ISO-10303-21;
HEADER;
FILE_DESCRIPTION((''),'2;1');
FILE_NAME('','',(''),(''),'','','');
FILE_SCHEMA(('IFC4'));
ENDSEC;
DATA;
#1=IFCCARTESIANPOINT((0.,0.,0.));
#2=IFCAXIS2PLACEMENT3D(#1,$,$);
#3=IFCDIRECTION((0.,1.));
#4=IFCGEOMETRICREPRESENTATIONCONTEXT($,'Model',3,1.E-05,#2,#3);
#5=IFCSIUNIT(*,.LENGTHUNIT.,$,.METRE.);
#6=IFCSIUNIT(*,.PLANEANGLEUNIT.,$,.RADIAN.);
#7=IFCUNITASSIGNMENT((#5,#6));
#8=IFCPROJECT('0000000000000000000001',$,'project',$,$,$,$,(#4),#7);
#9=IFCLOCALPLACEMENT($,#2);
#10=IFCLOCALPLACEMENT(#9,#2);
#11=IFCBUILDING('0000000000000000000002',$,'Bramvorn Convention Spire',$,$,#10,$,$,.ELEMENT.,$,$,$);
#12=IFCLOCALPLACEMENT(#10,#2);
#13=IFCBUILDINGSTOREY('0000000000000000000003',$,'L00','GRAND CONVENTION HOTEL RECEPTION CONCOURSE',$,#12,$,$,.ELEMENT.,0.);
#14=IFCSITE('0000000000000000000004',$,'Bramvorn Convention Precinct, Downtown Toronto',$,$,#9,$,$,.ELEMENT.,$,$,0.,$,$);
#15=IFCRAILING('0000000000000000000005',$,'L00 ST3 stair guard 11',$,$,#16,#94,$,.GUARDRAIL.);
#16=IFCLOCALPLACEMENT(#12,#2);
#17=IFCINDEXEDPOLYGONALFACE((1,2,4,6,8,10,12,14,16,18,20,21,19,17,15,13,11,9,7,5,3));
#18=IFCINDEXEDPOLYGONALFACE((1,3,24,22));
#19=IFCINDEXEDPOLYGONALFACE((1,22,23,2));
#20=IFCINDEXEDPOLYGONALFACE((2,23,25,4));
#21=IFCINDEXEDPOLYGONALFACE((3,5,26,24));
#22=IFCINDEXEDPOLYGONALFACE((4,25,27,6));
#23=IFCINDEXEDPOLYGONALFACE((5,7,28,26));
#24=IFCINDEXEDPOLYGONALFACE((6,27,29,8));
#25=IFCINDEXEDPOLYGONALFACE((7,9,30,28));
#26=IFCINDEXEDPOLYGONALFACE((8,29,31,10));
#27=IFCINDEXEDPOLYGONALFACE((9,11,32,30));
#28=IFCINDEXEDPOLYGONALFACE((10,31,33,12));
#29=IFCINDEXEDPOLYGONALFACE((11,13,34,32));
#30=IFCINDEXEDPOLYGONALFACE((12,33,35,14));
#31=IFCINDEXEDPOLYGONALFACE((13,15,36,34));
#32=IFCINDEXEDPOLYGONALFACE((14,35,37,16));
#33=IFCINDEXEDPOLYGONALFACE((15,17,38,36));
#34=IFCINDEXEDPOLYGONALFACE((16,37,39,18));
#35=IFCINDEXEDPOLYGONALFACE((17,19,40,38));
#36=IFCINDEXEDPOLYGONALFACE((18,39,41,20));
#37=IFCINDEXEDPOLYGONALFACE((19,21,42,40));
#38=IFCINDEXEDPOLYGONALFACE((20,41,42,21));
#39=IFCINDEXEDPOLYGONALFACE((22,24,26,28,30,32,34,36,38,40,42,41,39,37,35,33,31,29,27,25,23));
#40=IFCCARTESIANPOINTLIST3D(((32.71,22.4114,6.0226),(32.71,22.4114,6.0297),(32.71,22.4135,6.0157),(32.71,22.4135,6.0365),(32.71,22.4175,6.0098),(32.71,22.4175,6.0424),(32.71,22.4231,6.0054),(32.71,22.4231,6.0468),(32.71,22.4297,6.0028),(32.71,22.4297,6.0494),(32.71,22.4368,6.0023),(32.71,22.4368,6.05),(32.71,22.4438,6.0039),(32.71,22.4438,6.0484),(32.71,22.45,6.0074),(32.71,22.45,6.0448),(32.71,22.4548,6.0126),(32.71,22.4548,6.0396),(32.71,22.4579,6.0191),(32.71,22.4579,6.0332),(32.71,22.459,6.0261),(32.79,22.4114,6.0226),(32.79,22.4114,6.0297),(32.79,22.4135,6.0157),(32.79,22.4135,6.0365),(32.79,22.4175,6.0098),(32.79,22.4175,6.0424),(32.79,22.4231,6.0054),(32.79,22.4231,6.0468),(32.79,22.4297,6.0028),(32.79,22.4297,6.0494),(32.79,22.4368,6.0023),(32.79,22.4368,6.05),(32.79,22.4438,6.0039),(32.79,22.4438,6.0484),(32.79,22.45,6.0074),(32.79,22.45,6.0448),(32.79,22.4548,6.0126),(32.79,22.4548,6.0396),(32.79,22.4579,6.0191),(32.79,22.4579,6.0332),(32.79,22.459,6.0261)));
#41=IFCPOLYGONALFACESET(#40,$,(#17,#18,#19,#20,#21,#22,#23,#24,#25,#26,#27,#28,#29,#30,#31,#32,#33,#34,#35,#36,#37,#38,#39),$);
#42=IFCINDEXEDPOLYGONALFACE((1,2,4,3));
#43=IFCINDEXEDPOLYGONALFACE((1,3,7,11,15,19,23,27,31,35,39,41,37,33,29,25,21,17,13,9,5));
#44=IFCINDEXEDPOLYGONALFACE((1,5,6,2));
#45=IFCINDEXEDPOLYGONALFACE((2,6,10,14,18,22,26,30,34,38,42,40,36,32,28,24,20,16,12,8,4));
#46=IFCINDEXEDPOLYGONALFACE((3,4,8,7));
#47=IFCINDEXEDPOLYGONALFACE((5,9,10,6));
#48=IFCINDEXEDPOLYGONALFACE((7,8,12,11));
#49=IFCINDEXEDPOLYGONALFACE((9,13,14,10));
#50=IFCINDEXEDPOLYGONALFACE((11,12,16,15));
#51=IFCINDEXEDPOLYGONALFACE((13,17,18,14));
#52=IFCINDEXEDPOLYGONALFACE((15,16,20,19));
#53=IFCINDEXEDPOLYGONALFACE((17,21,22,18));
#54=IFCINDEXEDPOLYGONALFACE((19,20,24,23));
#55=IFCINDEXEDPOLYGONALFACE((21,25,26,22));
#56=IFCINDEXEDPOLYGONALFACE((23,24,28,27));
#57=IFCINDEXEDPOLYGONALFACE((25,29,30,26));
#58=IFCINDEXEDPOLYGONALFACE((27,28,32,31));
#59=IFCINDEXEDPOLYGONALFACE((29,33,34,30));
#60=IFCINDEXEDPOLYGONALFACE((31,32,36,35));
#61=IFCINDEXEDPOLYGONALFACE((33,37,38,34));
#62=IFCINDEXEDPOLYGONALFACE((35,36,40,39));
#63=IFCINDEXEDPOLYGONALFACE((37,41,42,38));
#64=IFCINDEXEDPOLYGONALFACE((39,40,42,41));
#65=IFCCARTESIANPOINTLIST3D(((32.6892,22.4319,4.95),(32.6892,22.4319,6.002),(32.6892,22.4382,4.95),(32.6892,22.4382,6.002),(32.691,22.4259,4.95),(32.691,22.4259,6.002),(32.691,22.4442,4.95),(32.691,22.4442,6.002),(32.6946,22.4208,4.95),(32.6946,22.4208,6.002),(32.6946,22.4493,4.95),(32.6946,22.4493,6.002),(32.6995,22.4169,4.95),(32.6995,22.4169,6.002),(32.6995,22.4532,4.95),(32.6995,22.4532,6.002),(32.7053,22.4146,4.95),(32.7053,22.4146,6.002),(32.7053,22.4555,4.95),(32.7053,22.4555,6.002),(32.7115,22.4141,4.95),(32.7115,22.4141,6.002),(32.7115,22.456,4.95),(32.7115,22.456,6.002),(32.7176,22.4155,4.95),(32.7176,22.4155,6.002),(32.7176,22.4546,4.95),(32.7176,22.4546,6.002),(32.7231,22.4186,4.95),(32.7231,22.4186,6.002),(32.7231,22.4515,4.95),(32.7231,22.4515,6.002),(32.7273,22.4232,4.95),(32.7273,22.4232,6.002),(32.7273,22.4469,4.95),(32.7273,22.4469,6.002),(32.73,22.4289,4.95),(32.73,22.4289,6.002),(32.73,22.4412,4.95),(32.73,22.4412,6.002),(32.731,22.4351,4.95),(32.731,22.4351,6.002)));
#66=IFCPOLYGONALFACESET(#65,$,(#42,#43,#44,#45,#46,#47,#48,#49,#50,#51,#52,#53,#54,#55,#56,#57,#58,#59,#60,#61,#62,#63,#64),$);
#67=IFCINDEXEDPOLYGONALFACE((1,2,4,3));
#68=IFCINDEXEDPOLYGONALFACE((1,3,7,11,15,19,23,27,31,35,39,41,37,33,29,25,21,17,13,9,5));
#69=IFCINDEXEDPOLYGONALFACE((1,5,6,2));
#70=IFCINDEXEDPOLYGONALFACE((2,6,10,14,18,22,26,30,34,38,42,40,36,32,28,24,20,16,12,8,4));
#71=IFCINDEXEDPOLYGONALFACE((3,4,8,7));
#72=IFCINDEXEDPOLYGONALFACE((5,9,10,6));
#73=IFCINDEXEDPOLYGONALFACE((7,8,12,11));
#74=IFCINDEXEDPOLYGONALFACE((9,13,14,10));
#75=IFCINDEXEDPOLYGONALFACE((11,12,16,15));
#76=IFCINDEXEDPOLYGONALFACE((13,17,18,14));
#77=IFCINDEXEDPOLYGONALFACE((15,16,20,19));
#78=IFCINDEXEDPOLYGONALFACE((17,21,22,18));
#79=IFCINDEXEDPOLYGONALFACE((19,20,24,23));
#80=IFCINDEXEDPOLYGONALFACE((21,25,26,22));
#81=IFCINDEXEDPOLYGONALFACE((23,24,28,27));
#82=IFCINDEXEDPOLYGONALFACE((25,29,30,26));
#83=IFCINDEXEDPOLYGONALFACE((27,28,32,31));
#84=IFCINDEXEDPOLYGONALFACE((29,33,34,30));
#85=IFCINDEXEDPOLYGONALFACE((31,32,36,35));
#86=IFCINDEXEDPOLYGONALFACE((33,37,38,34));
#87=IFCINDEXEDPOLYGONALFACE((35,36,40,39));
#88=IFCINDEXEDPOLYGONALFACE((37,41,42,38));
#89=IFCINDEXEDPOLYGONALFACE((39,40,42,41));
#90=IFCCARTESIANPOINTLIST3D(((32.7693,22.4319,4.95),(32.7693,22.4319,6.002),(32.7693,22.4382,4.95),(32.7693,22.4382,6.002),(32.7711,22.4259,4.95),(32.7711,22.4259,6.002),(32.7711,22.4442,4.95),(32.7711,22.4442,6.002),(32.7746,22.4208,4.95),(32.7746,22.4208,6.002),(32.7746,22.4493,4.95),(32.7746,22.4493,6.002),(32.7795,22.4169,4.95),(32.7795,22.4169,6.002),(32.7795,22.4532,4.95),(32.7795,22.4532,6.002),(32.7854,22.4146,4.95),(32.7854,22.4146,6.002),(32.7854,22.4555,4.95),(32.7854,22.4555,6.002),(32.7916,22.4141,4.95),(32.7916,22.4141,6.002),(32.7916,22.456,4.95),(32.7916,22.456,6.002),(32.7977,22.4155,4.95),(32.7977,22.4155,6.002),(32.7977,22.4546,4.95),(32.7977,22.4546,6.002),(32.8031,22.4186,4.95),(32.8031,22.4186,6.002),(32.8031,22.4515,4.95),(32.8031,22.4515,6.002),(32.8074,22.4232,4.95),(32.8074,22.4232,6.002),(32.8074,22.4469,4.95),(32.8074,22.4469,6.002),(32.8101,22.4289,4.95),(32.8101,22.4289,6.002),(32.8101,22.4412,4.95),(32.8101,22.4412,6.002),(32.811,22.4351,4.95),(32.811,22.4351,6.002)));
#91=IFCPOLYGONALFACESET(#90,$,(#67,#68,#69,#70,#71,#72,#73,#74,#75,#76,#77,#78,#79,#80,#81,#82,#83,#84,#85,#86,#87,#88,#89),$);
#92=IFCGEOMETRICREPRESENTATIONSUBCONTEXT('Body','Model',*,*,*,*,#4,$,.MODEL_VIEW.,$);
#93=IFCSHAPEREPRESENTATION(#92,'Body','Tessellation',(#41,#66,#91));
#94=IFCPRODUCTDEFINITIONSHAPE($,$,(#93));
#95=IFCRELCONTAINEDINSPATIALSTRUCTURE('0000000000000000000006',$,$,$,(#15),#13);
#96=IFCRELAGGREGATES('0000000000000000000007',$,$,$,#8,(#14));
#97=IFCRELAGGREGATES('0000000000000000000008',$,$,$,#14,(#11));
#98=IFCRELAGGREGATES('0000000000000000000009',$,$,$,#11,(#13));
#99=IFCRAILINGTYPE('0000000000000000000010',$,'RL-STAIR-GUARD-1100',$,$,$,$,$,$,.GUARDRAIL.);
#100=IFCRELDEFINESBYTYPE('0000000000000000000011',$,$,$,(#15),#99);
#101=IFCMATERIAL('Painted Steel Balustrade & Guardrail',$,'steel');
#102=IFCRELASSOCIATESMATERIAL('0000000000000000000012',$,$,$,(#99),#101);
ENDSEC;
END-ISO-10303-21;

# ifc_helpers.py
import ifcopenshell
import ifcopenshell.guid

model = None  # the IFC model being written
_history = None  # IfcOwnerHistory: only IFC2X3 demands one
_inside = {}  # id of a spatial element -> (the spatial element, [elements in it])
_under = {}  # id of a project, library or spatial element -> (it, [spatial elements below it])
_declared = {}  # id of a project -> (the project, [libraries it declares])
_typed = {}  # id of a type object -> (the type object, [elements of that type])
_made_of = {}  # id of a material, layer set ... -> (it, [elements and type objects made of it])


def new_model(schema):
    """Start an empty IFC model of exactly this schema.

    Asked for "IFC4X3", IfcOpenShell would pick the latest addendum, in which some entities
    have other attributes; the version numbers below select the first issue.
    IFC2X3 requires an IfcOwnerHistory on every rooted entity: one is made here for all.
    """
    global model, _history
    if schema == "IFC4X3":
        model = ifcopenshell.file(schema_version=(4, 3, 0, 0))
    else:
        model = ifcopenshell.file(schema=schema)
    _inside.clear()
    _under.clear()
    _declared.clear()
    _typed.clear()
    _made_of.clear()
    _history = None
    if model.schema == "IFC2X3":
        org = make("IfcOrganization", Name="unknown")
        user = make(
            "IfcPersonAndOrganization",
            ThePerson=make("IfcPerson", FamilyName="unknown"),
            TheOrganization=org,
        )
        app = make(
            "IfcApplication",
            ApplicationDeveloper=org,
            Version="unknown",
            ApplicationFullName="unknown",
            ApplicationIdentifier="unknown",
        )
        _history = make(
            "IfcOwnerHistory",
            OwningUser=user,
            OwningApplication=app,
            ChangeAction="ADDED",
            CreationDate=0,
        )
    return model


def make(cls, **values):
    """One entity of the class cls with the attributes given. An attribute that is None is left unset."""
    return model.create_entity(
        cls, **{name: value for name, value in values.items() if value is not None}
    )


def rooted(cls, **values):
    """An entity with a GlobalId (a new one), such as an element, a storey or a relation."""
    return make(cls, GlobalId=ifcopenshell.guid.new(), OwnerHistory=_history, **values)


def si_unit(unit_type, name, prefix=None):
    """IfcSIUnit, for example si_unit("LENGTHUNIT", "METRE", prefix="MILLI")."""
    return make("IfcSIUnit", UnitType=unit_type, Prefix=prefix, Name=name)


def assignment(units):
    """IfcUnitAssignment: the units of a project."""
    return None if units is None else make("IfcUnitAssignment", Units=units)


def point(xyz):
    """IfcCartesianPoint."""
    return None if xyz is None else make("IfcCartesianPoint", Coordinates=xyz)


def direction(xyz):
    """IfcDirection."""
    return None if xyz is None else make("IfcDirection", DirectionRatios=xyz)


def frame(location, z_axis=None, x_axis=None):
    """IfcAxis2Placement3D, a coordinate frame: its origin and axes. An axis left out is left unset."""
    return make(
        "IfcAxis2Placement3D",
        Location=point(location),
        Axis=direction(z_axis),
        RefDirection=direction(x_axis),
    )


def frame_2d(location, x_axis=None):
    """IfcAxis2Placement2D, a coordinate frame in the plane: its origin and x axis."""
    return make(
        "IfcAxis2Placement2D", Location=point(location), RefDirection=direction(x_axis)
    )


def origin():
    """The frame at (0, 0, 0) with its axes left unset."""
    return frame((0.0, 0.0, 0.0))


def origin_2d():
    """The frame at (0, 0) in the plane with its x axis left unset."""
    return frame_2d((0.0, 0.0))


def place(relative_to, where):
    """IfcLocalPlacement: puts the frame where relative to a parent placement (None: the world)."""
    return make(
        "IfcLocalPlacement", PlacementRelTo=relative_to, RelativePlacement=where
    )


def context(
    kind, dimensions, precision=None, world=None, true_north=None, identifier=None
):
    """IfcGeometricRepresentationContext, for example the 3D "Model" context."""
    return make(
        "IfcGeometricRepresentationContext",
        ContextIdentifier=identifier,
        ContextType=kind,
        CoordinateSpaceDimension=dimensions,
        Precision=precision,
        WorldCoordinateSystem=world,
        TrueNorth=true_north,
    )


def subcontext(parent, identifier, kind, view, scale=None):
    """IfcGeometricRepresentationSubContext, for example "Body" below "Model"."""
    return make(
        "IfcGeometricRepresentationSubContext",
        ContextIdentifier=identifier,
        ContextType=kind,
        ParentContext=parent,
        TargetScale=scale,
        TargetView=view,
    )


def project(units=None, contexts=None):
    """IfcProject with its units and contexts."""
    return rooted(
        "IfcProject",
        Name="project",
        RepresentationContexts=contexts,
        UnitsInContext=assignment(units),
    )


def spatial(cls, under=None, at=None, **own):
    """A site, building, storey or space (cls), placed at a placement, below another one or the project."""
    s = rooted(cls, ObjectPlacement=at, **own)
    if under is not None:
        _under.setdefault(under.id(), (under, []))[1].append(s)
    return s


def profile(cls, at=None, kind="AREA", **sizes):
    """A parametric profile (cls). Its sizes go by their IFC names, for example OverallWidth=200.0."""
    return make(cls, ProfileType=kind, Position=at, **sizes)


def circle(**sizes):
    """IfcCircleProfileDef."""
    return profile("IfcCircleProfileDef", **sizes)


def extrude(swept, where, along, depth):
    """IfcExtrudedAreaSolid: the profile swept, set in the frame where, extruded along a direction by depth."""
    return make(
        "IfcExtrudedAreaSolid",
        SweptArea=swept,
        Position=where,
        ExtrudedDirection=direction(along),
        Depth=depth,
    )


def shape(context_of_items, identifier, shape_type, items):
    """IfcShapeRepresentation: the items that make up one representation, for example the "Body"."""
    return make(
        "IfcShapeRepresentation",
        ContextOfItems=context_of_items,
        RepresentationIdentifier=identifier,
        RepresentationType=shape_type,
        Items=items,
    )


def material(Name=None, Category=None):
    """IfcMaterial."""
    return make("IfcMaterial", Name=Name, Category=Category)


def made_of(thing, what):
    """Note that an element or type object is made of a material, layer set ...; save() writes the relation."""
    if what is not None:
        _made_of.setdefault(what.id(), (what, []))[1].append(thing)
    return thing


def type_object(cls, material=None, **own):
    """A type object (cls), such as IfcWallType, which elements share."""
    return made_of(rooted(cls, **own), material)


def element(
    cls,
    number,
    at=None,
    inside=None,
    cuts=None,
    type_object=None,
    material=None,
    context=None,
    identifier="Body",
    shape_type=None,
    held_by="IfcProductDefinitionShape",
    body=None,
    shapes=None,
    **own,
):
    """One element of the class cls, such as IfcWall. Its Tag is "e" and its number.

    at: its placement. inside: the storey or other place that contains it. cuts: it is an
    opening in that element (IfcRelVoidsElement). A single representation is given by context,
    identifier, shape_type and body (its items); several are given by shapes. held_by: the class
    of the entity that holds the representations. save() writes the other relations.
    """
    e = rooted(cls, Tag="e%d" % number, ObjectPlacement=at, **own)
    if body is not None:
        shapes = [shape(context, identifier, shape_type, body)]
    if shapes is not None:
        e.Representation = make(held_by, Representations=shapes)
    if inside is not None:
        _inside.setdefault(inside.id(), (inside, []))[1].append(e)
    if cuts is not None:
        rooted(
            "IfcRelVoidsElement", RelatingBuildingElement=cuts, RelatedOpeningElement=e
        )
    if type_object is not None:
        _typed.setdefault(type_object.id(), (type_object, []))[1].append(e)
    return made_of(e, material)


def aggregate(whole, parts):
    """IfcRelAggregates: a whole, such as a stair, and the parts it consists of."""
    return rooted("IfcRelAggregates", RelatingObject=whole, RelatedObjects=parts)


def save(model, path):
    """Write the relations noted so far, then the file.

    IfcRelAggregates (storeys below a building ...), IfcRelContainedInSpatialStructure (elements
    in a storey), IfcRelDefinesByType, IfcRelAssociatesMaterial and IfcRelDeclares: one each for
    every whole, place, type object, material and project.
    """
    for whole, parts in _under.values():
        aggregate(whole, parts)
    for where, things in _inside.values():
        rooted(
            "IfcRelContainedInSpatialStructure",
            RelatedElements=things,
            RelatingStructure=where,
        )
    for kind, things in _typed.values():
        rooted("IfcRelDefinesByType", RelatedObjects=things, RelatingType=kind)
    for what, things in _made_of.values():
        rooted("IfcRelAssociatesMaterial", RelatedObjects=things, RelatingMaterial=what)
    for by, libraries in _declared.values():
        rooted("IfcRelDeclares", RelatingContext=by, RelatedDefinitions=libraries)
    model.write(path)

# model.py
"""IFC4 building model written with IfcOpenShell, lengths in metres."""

from ifc_helpers import new_model, si_unit, direction, frame, origin, origin_2d, place, context, subcontext, project, spatial, circle, extrude, material, type_object, element, save


model = new_model("IFC4")

# Units and contexts
model_context = context("Model", 3, precision=1e-05, world=origin(), true_north=direction((0.0, 1.0)))
body_context = subcontext(model_context, "Body", "Model", "MODEL_VIEW")
ifc_project = project(units=[si_unit("LENGTHUNIT", "METRE"), si_unit("PLANEANGLEUNIT", "RADIAN")], contexts=[model_context])

# Site, building, storey
site_placement = place(None, origin())
site = spatial("IfcSite", under=ifc_project, at=site_placement, Name="Bramvorn Convention Precinct, Downtown Toronto", CompositionType="ELEMENT", RefElevation=0.0)
building_placement = place(site_placement, origin())
building = spatial("IfcBuilding", under=site, at=building_placement, Name="Bramvorn Convention Spire", CompositionType="ELEMENT")
storey_placement = place(building_placement, origin())
storey = spatial("IfcBuildingStorey", under=building, at=storey_placement, Name="L00", Description="GRAND CONVENTION HOTEL RECEPTION CONCOURSE", CompositionType="ELEMENT", Elevation=0.0)

# Railing
ifc_material_1 = material(Name="Painted Steel Balustrade & Guardrail", Category="steel")
railing_type_1 = type_object("IfcRailingType", Name="RL-STAIR-GUARD-1100", PredefinedType="GUARDRAIL", material=ifc_material_1)
railing_1_placement = place(storey_placement, frame((32.71, 22.4351, 4.95)))
element("IfcRailing", 1, at=railing_1_placement, inside=storey, type_object=railing_type_1, Name="L00 ST3 stair guard 11", PredefinedType="GUARDRAIL", context=body_context, shape_type="SweptSolid", body=[
    extrude(circle(Radius=0.0239, at=origin_2d()), frame((0.0, 0.0, 1.0762), z_axis=(1.0, 0.0, 0.0), x_axis=(0.0, 1.0, 0.0)), (0.0, 0.0, 1.0), 0.0801),
    extrude(circle(Radius=0.021, at=origin_2d()), origin(), (0.0, 0.0, 1.0), 1.052),
    extrude(circle(Radius=0.021, at=origin_2d()), frame((0.0801, 0.0, 0.0)), (0.0, 0.0, 1.0), 1.052),
])

save(model, "model.ifc")
